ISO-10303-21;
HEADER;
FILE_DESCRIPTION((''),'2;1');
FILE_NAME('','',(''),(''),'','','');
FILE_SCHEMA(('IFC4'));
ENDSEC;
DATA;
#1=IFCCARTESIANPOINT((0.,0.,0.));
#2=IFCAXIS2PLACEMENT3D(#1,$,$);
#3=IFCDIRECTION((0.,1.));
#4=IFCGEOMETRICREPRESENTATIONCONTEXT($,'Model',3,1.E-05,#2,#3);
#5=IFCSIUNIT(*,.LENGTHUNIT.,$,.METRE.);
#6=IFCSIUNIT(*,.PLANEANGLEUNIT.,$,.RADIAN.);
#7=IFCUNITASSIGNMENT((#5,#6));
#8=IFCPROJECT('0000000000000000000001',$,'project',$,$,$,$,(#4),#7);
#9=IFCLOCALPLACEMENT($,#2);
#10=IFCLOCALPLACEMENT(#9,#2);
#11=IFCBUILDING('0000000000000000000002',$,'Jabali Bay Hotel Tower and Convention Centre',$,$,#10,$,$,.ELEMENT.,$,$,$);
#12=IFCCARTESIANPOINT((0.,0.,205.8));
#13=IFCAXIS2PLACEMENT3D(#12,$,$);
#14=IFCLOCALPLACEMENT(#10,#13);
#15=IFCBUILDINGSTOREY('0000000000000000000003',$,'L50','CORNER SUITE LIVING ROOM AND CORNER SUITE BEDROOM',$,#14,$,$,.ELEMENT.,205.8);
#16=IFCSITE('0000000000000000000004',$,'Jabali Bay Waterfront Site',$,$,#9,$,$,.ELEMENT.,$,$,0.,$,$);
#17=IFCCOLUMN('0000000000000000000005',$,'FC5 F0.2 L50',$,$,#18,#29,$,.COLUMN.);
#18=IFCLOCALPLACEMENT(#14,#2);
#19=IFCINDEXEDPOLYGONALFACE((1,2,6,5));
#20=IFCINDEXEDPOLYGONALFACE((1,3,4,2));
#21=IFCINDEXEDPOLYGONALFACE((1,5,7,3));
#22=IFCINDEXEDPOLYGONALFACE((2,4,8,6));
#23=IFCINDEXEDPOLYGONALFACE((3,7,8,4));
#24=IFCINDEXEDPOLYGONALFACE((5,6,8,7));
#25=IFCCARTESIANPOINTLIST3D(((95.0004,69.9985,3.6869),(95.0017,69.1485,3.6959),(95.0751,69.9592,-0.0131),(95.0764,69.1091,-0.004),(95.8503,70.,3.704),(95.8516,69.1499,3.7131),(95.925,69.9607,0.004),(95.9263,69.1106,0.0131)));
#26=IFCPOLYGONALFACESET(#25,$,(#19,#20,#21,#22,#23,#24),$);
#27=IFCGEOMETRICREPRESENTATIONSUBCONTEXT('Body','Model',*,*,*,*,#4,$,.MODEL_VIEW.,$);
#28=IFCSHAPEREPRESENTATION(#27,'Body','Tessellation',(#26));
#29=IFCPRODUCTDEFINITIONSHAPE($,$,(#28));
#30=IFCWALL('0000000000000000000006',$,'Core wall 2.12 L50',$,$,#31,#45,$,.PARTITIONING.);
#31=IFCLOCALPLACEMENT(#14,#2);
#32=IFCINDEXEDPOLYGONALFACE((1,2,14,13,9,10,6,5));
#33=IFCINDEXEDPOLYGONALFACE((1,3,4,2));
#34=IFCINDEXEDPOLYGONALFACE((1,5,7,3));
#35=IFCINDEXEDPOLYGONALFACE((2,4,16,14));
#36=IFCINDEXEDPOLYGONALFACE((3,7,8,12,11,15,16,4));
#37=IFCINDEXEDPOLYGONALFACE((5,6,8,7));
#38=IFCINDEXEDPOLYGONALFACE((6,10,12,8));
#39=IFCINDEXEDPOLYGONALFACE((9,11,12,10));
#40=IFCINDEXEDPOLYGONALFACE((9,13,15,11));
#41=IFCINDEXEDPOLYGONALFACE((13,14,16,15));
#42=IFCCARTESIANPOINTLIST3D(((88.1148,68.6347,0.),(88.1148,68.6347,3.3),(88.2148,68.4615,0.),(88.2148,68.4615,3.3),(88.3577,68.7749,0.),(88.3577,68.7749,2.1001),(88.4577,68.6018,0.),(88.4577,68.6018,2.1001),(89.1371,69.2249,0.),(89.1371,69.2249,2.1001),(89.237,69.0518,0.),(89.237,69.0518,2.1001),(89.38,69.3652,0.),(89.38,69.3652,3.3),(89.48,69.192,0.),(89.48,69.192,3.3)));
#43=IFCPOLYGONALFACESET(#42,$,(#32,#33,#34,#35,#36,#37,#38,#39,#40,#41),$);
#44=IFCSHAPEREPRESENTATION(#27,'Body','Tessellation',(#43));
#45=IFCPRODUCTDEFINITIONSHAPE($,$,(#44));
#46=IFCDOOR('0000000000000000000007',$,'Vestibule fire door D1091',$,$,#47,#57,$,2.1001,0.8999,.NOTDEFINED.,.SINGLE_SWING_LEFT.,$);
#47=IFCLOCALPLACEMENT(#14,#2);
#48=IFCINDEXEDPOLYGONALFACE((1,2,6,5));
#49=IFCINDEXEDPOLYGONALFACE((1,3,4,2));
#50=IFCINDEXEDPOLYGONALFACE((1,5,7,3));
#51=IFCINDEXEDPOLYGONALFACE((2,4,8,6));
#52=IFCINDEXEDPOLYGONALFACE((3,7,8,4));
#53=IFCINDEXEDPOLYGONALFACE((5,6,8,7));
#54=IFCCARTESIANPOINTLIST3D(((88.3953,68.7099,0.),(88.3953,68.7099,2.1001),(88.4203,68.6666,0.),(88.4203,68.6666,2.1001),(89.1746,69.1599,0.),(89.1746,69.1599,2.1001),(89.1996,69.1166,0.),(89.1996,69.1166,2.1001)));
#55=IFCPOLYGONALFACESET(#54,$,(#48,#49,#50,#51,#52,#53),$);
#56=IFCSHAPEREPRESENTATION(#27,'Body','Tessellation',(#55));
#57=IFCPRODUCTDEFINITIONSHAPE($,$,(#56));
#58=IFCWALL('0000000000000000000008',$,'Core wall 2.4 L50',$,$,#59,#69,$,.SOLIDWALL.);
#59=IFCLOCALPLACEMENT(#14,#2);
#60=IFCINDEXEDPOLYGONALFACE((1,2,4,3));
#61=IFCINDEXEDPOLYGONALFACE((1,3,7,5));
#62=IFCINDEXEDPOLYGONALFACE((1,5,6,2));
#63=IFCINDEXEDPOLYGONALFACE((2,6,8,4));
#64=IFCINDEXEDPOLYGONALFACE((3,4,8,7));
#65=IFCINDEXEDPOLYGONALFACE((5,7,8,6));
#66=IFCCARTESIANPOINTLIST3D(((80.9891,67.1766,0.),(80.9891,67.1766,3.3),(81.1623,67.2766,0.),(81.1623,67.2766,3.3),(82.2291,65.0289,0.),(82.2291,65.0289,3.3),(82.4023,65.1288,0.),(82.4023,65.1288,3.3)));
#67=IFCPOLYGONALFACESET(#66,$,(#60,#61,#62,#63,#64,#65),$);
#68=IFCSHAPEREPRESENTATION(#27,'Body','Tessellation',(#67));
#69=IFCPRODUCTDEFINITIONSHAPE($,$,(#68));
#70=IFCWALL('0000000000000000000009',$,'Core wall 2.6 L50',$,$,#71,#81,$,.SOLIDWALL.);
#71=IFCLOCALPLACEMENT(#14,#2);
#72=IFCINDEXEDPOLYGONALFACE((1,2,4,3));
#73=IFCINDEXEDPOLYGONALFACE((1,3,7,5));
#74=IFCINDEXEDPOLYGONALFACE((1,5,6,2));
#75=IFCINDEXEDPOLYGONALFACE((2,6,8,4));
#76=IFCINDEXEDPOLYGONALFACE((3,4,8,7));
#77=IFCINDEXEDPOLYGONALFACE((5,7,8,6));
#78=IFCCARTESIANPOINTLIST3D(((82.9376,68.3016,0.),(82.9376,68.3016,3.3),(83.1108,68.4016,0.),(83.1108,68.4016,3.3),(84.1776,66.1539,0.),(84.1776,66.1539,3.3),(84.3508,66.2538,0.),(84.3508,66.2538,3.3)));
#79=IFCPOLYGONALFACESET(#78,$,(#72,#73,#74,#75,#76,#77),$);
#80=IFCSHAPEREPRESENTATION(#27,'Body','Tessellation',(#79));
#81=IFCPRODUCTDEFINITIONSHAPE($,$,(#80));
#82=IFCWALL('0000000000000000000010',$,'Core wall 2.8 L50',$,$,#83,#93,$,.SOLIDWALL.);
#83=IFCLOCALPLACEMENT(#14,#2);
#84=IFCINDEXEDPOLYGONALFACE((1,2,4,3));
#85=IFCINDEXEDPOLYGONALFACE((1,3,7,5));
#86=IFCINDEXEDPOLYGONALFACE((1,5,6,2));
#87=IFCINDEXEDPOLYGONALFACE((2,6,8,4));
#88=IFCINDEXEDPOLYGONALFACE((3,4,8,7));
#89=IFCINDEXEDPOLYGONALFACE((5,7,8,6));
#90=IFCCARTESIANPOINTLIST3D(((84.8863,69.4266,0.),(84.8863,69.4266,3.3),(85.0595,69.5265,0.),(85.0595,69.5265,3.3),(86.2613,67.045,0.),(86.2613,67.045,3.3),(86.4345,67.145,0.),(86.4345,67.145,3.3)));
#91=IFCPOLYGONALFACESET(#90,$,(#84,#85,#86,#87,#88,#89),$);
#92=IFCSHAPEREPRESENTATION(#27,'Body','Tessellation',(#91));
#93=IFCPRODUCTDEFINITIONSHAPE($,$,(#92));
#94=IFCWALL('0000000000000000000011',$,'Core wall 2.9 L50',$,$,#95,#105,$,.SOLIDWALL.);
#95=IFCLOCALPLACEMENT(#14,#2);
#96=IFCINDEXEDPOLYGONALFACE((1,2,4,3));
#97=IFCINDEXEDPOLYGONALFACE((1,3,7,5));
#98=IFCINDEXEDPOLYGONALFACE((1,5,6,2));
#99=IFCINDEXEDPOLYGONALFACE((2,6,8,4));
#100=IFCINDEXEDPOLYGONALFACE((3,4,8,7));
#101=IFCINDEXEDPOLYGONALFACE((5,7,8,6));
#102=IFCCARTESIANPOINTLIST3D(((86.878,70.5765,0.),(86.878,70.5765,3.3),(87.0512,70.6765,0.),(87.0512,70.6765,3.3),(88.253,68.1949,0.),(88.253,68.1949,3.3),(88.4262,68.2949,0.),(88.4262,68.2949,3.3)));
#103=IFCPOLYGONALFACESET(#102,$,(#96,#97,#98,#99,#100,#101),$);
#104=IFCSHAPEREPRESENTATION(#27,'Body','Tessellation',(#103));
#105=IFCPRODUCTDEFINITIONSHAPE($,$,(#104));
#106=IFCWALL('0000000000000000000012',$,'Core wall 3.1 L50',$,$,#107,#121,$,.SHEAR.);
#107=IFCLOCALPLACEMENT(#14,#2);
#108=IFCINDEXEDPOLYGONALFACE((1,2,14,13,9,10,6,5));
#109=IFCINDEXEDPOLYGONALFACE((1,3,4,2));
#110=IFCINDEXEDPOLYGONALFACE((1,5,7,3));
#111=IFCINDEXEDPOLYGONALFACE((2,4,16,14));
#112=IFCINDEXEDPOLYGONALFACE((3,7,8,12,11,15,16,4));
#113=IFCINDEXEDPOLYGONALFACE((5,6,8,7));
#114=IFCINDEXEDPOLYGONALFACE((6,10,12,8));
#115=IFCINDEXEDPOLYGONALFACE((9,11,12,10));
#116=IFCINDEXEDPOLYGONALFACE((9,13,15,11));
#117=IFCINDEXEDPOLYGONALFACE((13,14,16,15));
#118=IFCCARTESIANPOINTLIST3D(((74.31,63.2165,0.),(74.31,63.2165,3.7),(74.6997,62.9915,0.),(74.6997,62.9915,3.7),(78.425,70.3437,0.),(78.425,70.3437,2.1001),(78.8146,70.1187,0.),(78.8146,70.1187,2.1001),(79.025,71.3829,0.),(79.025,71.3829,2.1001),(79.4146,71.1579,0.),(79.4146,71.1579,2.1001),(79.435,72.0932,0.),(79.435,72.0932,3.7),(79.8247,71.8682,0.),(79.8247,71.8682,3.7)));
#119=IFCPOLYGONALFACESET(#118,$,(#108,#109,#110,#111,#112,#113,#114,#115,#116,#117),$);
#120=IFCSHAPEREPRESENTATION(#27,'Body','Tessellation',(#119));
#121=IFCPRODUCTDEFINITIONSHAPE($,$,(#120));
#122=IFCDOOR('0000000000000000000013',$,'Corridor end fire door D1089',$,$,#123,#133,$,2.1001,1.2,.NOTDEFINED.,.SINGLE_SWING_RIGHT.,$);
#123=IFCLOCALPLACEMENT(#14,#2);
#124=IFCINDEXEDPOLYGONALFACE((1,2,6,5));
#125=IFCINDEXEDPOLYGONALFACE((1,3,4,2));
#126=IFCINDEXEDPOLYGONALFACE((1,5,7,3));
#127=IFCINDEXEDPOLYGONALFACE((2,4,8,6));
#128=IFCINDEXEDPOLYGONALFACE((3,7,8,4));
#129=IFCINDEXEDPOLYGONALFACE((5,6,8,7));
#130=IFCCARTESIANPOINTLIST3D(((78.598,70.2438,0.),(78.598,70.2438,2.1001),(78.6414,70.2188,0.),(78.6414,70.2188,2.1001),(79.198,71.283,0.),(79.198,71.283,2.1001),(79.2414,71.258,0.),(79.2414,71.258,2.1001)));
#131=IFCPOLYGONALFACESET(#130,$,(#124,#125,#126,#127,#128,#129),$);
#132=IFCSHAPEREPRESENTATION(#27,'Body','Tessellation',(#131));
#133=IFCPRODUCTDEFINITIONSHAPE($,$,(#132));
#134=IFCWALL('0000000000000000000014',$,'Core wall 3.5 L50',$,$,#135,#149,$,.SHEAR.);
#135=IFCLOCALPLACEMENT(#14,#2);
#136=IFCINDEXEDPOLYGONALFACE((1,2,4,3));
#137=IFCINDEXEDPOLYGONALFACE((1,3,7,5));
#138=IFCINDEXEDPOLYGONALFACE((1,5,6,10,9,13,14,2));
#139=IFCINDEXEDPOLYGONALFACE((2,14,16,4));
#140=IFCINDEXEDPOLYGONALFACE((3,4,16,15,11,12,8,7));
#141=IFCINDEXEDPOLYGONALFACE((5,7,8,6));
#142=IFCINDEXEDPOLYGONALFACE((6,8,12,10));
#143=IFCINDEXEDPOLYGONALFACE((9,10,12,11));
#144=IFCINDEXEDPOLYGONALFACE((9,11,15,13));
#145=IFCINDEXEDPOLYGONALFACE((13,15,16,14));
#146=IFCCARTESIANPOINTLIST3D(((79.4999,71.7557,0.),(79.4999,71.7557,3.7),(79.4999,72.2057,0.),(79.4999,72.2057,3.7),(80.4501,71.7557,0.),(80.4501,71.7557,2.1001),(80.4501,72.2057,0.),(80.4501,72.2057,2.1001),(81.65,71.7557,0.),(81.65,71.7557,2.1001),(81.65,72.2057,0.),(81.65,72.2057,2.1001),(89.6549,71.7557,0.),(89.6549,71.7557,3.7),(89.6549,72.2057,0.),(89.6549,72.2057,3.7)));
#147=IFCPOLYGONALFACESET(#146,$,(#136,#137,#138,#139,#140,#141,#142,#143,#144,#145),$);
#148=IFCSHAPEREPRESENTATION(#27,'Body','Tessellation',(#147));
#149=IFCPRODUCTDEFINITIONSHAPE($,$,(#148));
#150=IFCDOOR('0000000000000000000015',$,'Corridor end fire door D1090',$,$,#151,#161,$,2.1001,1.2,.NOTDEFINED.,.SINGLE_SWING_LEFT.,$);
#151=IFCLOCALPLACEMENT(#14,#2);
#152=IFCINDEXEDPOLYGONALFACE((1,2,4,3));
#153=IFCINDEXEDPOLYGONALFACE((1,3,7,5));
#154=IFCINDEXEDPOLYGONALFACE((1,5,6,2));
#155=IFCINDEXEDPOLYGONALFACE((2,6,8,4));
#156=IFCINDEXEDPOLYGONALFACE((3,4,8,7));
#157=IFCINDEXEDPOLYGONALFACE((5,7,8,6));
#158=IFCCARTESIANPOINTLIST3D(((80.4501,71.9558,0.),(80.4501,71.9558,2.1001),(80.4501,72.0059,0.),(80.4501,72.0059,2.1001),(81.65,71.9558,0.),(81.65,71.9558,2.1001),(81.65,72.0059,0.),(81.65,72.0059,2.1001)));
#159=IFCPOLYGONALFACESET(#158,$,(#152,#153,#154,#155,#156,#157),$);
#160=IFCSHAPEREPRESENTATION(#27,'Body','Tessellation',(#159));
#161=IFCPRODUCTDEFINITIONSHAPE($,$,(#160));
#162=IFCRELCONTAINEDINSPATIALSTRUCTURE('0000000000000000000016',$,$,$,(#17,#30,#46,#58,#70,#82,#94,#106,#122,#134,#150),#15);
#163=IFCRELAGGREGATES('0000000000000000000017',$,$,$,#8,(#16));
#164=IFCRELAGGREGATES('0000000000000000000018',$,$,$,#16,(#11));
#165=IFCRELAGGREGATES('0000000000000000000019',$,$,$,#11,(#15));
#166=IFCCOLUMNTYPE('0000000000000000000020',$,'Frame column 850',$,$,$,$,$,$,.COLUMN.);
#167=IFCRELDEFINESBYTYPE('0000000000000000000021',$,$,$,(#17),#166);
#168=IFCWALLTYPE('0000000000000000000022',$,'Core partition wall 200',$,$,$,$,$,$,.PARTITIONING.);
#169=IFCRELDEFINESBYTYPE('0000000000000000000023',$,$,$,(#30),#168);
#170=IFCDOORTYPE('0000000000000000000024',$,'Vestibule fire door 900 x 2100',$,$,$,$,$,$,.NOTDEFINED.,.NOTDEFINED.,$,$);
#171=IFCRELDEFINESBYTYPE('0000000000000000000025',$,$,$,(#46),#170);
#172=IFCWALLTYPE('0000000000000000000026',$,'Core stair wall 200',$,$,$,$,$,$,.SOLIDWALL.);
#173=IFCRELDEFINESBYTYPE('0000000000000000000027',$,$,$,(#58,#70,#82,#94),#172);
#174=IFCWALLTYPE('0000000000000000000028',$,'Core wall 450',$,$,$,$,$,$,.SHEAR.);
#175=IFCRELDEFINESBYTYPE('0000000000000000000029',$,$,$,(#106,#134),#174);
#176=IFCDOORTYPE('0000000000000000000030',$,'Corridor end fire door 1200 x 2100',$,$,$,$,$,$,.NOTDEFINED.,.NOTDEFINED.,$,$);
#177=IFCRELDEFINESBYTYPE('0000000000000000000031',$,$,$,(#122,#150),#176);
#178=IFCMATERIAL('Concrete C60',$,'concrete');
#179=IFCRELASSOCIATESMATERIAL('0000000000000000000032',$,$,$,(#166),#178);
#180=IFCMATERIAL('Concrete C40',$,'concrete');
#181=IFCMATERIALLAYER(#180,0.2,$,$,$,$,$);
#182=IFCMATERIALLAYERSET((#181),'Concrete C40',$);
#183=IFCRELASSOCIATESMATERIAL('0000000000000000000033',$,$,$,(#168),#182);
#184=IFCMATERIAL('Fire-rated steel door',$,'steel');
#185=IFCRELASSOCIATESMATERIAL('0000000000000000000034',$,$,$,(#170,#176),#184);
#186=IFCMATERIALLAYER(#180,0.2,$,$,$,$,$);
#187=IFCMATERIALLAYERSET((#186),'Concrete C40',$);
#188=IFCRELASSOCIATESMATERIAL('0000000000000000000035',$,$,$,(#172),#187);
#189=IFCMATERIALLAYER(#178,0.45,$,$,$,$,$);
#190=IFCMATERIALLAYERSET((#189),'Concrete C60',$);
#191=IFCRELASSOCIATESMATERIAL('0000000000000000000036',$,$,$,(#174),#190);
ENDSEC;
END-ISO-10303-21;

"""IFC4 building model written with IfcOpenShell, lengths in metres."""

from ifc_helpers import new_model, si_unit, direction, frame, frame_2d, origin, origin_2d, place, context, subcontext, project, spatial, rectangle, extrude, material, layer, layer_set, material_profile, profile_set, type_object, element, fill, save


model = new_model("IFC4")

# Units and contexts
model_context = context("Model", 3, precision=1e-05, world=origin(), true_north=direction((0.0, 1.0)))
body_context = subcontext(model_context, "Body", "Model", "MODEL_VIEW")
ifc_project = project(units=[si_unit("LENGTHUNIT", "METRE"), si_unit("PLANEANGLEUNIT", "RADIAN")], contexts=[model_context])

# Site, building, storey
site_placement = place(None, origin())
site = spatial("IfcSite", under=ifc_project, at=site_placement, Name="Jabali Bay Waterfront Site", CompositionType="ELEMENT", RefElevation=0.0)
building_placement = place(site_placement, origin())
building = spatial("IfcBuilding", under=site, at=building_placement, Name="Jabali Bay Hotel Tower and Convention Centre", CompositionType="ELEMENT")
storey_placement = place(building_placement, frame((0.0, 0.0, 205.8)))
storey = spatial("IfcBuildingStorey", under=building, at=storey_placement, Name="L50", Description="CORNER SUITE LIVING ROOM AND CORNER SUITE BEDROOM", CompositionType="ELEMENT", Elevation=205.8)

# Column
ifc_material_1 = material(Name="Concrete C60", Category="concrete")
ifc_material_profile = material_profile(ifc_material_1, rectangle(XDim=0.8501, YDim=0.8501, at=origin_2d()), Name="Frame column 850")
ifc_profile_set = profile_set([ifc_material_profile], Name="Concrete C60")
column_type = type_object("IfcColumnType", Name="Frame column 850", PredefinedType="COLUMN", material=ifc_profile_set)
column_placement = place(storey_placement, frame((95.5007, 69.5349, 0.0), z_axis=(-0.020186, 0.010621, 0.99974), x_axis=(0.001533, -0.999942, 0.010654)))
element("IfcColumn", 1, at=column_placement, inside=storey, type_object=column_type, Name="FC5 F0.2 L50", PredefinedType="COLUMN", context=body_context, shape_type="SweptSolid", body=[
    extrude(rectangle(XDim=0.8501, YDim=0.8501, at=origin_2d()), origin(), (0.0, 0.0, 1.0), 3.7009),
])

# Wall, opening, door
ifc_material_2 = material(Name="Concrete C40", Category="concrete")
ifc_layer_1 = layer(ifc_material_2, 0.2)
ifc_layer_set_1 = layer_set([ifc_layer_1], Name="Concrete C40")
wall_type_1 = type_object("IfcWallType", Name="Core partition wall 200", PredefinedType="PARTITIONING", material=ifc_layer_set_1)
wall_1_placement = place(storey_placement, frame((88.1648, 68.5481, 0.0), z_axis=(0.0, 0.0, 1.0), x_axis=(0.866013, 0.500021, 0.0)))
wall_1 = element("IfcWall", 2, at=wall_1_placement, inside=storey, type_object=wall_type_1, Name="Core wall 2.12 L50", PredefinedType="PARTITIONING", context=body_context, shape_type="SweptSolid", body=[
    extrude(rectangle(XDim=1.4609, YDim=0.2, at=frame_2d((0.7305, 0.0))), origin(), (0.0, 0.0, 1.0), 3.3),
])
opening_1_placement = place(wall_1_placement, frame((0.2805, 0.0, 0.0)))
opening_1 = element("IfcOpeningElement", 3, at=opening_1_placement, cuts=wall_1, PredefinedType="OPENING", context=body_context, shape_type="SweptSolid", body=[
    extrude(rectangle(XDim=0.8999, YDim=2.1001, at=frame_2d((0.45, 1.05))), frame((0.0, 0.1104, 0.0), z_axis=(0.0, -1.0, 0.0), x_axis=(1.0, 0.0, 0.0)), (0.0, 0.0, 1.0), 0.2209),
])
ifc_material_3 = material(Name="Fire-rated steel door", Category="steel")
door_type_1 = type_object("IfcDoorType", Name="Vestibule fire door 900 x 2100", OperationType="NOTDEFINED", PredefinedType="NOTDEFINED", material=ifc_material_3)
door_1_placement = place(opening_1_placement, origin())
door_1 = element("IfcDoor", 4, at=door_1_placement, inside=storey, type_object=door_type_1, Name="Vestibule fire door D1091", OperationType="SINGLE_SWING_LEFT", OverallHeight=2.1001, OverallWidth=0.8999, PredefinedType="NOTDEFINED", context=body_context, shape_type="SweptSolid", body=[
    extrude(rectangle(XDim=0.8999, YDim=2.1001, at=frame_2d((0.45, 1.05))), frame((0.0, 0.0249, 0.0), z_axis=(0.0, -1.0, 0.0), x_axis=(1.0, 0.0, 0.0)), (0.0, 0.0, 1.0), 0.05),
])
fill(opening_1, door_1)

# Walls
ifc_layer_2 = layer(ifc_material_2, 0.2)
ifc_layer_set_2 = layer_set([ifc_layer_2], Name="Concrete C40")
wall_type_2 = type_object("IfcWallType", Name="Core stair wall 200", PredefinedType="SOLIDWALL", material=ifc_layer_set_2)
for number, where, z_axis, x_axis, name in (
    (5, (81.0757, 67.2266, 0.0), (0.0, 0.0, 1.0), (0.500004, -0.866023, 0.0), "Core wall 2.4 L50"),
    (6, (83.0242, 68.3516, 0.0), (0.0, 0.0, 1.0), (0.500004, -0.866023, 0.0), "Core wall 2.6 L50"),
):
    element("IfcWall", number, at=place(storey_placement, frame(where, z_axis=z_axis, x_axis=x_axis)), inside=storey, type_object=wall_type_2, Name=name, PredefinedType="SOLIDWALL", context=body_context, shape_type="SweptSolid", body=[
        extrude(rectangle(XDim=2.48, YDim=0.2, at=frame_2d((1.24, 0.0))), origin(), (0.0, 0.0, 1.0), 3.3),
    ])
for number, where, z_axis, x_axis, name in (
    (7, (84.9729, 69.4766, 0.0), (0.0, 0.0, 1.0), (0.499997, -0.866027, 0.0), "Core wall 2.8 L50"),
    (8, (86.9646, 70.6265, 0.0), (0.0, 0.0, 1.0), (0.499997, -0.866027, 0.0), "Core wall 2.9 L50"),
):
    element("IfcWall", number, at=place(storey_placement, frame(where, z_axis=z_axis, x_axis=x_axis)), inside=storey, type_object=wall_type_2, Name=name, PredefinedType="SOLIDWALL", context=body_context, shape_type="SweptSolid", body=[
        extrude(rectangle(XDim=2.75, YDim=0.2, at=frame_2d((1.375, 0.0))), origin(), (0.0, 0.0, 1.0), 3.3),
    ])

# Walls, openings, doors
ifc_layer_3 = layer(ifc_material_1, 0.45)
ifc_layer_set_3 = layer_set([ifc_layer_3], Name="Concrete C60")
wall_type_3 = type_object("IfcWallType", Name="Core wall 450", PredefinedType="SHEAR", material=ifc_layer_set_3)
wall_2_placement = place(storey_placement, frame((79.6299, 71.9807, 0.0), z_axis=(0.0, 0.0, 1.0), x_axis=(-0.500002, -0.866024, 0.0)))
wall_2 = element("IfcWall", 9, at=wall_2_placement, inside=storey, type_object=wall_type_3, Name="Core wall 3.1 L50", PredefinedType="SHEAR", context=body_context, shape_type="SweptSolid", body=[
    extrude(rectangle(XDim=10.25, YDim=0.45, at=frame_2d((5.125, 0.0))), origin(), (0.0, 0.0, 1.0), 3.7),
])
opening_2_placement = place(wall_2_placement, frame((0.8201, 0.0, 0.0)))
opening_2 = element("IfcOpeningElement", 10, at=opening_2_placement, cuts=wall_2, PredefinedType="OPENING", context=body_context, shape_type="SweptSolid", body=[
    extrude(rectangle(XDim=1.2, YDim=2.1001, at=frame_2d((0.6001, 1.05))), frame((0.0, 0.2354, 0.0), z_axis=(0.0, -1.0, 0.0), x_axis=(1.0, 0.0, 0.0)), (0.0, 0.0, 1.0), 0.4709),
])
door_type_2 = type_object("IfcDoorType", Name="Corridor end fire door 1200 x 2100", OperationType="NOTDEFINED", PredefinedType="NOTDEFINED", material=ifc_material_3)
door_2_placement = place(opening_2_placement, origin())
door_2 = element("IfcDoor", 11, at=door_2_placement, inside=storey, type_object=door_type_2, Name="Corridor end fire door D1089", OperationType="SINGLE_SWING_RIGHT", OverallHeight=2.1001, OverallWidth=1.2, PredefinedType="NOTDEFINED", context=body_context, shape_type="SweptSolid", body=[
    extrude(rectangle(XDim=1.2, YDim=2.1001, at=frame_2d((0.6001, 1.05))), frame((0.0, 0.0249, 0.0), z_axis=(0.0, -1.0, 0.0), x_axis=(1.0, 0.0, 0.0)), (0.0, 0.0, 1.0), 0.05),
])
fill(opening_2, door_2)
wall_3_placement = place(storey_placement, frame((89.655, 71.9807, 0.0), z_axis=(0.0, 0.0, 1.0), x_axis=(-1.0, 0.0, 0.0)))
wall_3 = element("IfcWall", 12, at=wall_3_placement, inside=storey, type_object=wall_type_3, Name="Core wall 3.5 L50", PredefinedType="SHEAR", context=body_context, shape_type="SweptSolid", body=[
    extrude(rectangle(XDim=10.155, YDim=0.45, at=frame_2d((5.0776, 0.0))), origin(), (0.0, 0.0, 1.0), 3.7),
])
opening_3_placement = place(wall_3_placement, frame((8.0049, 0.0, 0.0)))
opening_3 = element("IfcOpeningElement", 13, at=opening_3_placement, cuts=wall_3, PredefinedType="OPENING", context=body_context, shape_type="SweptSolid", body=[
    extrude(rectangle(XDim=1.2, YDim=2.1001, at=frame_2d((0.6001, 1.05))), frame((0.0, 0.2354, 0.0), z_axis=(0.0, -1.0, 0.0), x_axis=(1.0, 0.0, 0.0)), (0.0, 0.0, 1.0), 0.4709),
])
door_3_placement = place(opening_3_placement, origin())
door_3 = element("IfcDoor", 14, at=door_3_placement, inside=storey, type_object=door_type_2, Name="Corridor end fire door D1090", OperationType="SINGLE_SWING_LEFT", OverallHeight=2.1001, OverallWidth=1.2, PredefinedType="NOTDEFINED", context=body_context, shape_type="SweptSolid", body=[
    extrude(rectangle(XDim=1.2, YDim=2.1001, at=frame_2d((0.6001, 1.05))), frame((0.0, 0.0249, 0.0), z_axis=(0.0, -1.0, 0.0), x_axis=(1.0, 0.0, 0.0)), (0.0, 0.0, 1.0), 0.05),
])
fill(opening_3, door_3)

save(model, "model.ifc")
